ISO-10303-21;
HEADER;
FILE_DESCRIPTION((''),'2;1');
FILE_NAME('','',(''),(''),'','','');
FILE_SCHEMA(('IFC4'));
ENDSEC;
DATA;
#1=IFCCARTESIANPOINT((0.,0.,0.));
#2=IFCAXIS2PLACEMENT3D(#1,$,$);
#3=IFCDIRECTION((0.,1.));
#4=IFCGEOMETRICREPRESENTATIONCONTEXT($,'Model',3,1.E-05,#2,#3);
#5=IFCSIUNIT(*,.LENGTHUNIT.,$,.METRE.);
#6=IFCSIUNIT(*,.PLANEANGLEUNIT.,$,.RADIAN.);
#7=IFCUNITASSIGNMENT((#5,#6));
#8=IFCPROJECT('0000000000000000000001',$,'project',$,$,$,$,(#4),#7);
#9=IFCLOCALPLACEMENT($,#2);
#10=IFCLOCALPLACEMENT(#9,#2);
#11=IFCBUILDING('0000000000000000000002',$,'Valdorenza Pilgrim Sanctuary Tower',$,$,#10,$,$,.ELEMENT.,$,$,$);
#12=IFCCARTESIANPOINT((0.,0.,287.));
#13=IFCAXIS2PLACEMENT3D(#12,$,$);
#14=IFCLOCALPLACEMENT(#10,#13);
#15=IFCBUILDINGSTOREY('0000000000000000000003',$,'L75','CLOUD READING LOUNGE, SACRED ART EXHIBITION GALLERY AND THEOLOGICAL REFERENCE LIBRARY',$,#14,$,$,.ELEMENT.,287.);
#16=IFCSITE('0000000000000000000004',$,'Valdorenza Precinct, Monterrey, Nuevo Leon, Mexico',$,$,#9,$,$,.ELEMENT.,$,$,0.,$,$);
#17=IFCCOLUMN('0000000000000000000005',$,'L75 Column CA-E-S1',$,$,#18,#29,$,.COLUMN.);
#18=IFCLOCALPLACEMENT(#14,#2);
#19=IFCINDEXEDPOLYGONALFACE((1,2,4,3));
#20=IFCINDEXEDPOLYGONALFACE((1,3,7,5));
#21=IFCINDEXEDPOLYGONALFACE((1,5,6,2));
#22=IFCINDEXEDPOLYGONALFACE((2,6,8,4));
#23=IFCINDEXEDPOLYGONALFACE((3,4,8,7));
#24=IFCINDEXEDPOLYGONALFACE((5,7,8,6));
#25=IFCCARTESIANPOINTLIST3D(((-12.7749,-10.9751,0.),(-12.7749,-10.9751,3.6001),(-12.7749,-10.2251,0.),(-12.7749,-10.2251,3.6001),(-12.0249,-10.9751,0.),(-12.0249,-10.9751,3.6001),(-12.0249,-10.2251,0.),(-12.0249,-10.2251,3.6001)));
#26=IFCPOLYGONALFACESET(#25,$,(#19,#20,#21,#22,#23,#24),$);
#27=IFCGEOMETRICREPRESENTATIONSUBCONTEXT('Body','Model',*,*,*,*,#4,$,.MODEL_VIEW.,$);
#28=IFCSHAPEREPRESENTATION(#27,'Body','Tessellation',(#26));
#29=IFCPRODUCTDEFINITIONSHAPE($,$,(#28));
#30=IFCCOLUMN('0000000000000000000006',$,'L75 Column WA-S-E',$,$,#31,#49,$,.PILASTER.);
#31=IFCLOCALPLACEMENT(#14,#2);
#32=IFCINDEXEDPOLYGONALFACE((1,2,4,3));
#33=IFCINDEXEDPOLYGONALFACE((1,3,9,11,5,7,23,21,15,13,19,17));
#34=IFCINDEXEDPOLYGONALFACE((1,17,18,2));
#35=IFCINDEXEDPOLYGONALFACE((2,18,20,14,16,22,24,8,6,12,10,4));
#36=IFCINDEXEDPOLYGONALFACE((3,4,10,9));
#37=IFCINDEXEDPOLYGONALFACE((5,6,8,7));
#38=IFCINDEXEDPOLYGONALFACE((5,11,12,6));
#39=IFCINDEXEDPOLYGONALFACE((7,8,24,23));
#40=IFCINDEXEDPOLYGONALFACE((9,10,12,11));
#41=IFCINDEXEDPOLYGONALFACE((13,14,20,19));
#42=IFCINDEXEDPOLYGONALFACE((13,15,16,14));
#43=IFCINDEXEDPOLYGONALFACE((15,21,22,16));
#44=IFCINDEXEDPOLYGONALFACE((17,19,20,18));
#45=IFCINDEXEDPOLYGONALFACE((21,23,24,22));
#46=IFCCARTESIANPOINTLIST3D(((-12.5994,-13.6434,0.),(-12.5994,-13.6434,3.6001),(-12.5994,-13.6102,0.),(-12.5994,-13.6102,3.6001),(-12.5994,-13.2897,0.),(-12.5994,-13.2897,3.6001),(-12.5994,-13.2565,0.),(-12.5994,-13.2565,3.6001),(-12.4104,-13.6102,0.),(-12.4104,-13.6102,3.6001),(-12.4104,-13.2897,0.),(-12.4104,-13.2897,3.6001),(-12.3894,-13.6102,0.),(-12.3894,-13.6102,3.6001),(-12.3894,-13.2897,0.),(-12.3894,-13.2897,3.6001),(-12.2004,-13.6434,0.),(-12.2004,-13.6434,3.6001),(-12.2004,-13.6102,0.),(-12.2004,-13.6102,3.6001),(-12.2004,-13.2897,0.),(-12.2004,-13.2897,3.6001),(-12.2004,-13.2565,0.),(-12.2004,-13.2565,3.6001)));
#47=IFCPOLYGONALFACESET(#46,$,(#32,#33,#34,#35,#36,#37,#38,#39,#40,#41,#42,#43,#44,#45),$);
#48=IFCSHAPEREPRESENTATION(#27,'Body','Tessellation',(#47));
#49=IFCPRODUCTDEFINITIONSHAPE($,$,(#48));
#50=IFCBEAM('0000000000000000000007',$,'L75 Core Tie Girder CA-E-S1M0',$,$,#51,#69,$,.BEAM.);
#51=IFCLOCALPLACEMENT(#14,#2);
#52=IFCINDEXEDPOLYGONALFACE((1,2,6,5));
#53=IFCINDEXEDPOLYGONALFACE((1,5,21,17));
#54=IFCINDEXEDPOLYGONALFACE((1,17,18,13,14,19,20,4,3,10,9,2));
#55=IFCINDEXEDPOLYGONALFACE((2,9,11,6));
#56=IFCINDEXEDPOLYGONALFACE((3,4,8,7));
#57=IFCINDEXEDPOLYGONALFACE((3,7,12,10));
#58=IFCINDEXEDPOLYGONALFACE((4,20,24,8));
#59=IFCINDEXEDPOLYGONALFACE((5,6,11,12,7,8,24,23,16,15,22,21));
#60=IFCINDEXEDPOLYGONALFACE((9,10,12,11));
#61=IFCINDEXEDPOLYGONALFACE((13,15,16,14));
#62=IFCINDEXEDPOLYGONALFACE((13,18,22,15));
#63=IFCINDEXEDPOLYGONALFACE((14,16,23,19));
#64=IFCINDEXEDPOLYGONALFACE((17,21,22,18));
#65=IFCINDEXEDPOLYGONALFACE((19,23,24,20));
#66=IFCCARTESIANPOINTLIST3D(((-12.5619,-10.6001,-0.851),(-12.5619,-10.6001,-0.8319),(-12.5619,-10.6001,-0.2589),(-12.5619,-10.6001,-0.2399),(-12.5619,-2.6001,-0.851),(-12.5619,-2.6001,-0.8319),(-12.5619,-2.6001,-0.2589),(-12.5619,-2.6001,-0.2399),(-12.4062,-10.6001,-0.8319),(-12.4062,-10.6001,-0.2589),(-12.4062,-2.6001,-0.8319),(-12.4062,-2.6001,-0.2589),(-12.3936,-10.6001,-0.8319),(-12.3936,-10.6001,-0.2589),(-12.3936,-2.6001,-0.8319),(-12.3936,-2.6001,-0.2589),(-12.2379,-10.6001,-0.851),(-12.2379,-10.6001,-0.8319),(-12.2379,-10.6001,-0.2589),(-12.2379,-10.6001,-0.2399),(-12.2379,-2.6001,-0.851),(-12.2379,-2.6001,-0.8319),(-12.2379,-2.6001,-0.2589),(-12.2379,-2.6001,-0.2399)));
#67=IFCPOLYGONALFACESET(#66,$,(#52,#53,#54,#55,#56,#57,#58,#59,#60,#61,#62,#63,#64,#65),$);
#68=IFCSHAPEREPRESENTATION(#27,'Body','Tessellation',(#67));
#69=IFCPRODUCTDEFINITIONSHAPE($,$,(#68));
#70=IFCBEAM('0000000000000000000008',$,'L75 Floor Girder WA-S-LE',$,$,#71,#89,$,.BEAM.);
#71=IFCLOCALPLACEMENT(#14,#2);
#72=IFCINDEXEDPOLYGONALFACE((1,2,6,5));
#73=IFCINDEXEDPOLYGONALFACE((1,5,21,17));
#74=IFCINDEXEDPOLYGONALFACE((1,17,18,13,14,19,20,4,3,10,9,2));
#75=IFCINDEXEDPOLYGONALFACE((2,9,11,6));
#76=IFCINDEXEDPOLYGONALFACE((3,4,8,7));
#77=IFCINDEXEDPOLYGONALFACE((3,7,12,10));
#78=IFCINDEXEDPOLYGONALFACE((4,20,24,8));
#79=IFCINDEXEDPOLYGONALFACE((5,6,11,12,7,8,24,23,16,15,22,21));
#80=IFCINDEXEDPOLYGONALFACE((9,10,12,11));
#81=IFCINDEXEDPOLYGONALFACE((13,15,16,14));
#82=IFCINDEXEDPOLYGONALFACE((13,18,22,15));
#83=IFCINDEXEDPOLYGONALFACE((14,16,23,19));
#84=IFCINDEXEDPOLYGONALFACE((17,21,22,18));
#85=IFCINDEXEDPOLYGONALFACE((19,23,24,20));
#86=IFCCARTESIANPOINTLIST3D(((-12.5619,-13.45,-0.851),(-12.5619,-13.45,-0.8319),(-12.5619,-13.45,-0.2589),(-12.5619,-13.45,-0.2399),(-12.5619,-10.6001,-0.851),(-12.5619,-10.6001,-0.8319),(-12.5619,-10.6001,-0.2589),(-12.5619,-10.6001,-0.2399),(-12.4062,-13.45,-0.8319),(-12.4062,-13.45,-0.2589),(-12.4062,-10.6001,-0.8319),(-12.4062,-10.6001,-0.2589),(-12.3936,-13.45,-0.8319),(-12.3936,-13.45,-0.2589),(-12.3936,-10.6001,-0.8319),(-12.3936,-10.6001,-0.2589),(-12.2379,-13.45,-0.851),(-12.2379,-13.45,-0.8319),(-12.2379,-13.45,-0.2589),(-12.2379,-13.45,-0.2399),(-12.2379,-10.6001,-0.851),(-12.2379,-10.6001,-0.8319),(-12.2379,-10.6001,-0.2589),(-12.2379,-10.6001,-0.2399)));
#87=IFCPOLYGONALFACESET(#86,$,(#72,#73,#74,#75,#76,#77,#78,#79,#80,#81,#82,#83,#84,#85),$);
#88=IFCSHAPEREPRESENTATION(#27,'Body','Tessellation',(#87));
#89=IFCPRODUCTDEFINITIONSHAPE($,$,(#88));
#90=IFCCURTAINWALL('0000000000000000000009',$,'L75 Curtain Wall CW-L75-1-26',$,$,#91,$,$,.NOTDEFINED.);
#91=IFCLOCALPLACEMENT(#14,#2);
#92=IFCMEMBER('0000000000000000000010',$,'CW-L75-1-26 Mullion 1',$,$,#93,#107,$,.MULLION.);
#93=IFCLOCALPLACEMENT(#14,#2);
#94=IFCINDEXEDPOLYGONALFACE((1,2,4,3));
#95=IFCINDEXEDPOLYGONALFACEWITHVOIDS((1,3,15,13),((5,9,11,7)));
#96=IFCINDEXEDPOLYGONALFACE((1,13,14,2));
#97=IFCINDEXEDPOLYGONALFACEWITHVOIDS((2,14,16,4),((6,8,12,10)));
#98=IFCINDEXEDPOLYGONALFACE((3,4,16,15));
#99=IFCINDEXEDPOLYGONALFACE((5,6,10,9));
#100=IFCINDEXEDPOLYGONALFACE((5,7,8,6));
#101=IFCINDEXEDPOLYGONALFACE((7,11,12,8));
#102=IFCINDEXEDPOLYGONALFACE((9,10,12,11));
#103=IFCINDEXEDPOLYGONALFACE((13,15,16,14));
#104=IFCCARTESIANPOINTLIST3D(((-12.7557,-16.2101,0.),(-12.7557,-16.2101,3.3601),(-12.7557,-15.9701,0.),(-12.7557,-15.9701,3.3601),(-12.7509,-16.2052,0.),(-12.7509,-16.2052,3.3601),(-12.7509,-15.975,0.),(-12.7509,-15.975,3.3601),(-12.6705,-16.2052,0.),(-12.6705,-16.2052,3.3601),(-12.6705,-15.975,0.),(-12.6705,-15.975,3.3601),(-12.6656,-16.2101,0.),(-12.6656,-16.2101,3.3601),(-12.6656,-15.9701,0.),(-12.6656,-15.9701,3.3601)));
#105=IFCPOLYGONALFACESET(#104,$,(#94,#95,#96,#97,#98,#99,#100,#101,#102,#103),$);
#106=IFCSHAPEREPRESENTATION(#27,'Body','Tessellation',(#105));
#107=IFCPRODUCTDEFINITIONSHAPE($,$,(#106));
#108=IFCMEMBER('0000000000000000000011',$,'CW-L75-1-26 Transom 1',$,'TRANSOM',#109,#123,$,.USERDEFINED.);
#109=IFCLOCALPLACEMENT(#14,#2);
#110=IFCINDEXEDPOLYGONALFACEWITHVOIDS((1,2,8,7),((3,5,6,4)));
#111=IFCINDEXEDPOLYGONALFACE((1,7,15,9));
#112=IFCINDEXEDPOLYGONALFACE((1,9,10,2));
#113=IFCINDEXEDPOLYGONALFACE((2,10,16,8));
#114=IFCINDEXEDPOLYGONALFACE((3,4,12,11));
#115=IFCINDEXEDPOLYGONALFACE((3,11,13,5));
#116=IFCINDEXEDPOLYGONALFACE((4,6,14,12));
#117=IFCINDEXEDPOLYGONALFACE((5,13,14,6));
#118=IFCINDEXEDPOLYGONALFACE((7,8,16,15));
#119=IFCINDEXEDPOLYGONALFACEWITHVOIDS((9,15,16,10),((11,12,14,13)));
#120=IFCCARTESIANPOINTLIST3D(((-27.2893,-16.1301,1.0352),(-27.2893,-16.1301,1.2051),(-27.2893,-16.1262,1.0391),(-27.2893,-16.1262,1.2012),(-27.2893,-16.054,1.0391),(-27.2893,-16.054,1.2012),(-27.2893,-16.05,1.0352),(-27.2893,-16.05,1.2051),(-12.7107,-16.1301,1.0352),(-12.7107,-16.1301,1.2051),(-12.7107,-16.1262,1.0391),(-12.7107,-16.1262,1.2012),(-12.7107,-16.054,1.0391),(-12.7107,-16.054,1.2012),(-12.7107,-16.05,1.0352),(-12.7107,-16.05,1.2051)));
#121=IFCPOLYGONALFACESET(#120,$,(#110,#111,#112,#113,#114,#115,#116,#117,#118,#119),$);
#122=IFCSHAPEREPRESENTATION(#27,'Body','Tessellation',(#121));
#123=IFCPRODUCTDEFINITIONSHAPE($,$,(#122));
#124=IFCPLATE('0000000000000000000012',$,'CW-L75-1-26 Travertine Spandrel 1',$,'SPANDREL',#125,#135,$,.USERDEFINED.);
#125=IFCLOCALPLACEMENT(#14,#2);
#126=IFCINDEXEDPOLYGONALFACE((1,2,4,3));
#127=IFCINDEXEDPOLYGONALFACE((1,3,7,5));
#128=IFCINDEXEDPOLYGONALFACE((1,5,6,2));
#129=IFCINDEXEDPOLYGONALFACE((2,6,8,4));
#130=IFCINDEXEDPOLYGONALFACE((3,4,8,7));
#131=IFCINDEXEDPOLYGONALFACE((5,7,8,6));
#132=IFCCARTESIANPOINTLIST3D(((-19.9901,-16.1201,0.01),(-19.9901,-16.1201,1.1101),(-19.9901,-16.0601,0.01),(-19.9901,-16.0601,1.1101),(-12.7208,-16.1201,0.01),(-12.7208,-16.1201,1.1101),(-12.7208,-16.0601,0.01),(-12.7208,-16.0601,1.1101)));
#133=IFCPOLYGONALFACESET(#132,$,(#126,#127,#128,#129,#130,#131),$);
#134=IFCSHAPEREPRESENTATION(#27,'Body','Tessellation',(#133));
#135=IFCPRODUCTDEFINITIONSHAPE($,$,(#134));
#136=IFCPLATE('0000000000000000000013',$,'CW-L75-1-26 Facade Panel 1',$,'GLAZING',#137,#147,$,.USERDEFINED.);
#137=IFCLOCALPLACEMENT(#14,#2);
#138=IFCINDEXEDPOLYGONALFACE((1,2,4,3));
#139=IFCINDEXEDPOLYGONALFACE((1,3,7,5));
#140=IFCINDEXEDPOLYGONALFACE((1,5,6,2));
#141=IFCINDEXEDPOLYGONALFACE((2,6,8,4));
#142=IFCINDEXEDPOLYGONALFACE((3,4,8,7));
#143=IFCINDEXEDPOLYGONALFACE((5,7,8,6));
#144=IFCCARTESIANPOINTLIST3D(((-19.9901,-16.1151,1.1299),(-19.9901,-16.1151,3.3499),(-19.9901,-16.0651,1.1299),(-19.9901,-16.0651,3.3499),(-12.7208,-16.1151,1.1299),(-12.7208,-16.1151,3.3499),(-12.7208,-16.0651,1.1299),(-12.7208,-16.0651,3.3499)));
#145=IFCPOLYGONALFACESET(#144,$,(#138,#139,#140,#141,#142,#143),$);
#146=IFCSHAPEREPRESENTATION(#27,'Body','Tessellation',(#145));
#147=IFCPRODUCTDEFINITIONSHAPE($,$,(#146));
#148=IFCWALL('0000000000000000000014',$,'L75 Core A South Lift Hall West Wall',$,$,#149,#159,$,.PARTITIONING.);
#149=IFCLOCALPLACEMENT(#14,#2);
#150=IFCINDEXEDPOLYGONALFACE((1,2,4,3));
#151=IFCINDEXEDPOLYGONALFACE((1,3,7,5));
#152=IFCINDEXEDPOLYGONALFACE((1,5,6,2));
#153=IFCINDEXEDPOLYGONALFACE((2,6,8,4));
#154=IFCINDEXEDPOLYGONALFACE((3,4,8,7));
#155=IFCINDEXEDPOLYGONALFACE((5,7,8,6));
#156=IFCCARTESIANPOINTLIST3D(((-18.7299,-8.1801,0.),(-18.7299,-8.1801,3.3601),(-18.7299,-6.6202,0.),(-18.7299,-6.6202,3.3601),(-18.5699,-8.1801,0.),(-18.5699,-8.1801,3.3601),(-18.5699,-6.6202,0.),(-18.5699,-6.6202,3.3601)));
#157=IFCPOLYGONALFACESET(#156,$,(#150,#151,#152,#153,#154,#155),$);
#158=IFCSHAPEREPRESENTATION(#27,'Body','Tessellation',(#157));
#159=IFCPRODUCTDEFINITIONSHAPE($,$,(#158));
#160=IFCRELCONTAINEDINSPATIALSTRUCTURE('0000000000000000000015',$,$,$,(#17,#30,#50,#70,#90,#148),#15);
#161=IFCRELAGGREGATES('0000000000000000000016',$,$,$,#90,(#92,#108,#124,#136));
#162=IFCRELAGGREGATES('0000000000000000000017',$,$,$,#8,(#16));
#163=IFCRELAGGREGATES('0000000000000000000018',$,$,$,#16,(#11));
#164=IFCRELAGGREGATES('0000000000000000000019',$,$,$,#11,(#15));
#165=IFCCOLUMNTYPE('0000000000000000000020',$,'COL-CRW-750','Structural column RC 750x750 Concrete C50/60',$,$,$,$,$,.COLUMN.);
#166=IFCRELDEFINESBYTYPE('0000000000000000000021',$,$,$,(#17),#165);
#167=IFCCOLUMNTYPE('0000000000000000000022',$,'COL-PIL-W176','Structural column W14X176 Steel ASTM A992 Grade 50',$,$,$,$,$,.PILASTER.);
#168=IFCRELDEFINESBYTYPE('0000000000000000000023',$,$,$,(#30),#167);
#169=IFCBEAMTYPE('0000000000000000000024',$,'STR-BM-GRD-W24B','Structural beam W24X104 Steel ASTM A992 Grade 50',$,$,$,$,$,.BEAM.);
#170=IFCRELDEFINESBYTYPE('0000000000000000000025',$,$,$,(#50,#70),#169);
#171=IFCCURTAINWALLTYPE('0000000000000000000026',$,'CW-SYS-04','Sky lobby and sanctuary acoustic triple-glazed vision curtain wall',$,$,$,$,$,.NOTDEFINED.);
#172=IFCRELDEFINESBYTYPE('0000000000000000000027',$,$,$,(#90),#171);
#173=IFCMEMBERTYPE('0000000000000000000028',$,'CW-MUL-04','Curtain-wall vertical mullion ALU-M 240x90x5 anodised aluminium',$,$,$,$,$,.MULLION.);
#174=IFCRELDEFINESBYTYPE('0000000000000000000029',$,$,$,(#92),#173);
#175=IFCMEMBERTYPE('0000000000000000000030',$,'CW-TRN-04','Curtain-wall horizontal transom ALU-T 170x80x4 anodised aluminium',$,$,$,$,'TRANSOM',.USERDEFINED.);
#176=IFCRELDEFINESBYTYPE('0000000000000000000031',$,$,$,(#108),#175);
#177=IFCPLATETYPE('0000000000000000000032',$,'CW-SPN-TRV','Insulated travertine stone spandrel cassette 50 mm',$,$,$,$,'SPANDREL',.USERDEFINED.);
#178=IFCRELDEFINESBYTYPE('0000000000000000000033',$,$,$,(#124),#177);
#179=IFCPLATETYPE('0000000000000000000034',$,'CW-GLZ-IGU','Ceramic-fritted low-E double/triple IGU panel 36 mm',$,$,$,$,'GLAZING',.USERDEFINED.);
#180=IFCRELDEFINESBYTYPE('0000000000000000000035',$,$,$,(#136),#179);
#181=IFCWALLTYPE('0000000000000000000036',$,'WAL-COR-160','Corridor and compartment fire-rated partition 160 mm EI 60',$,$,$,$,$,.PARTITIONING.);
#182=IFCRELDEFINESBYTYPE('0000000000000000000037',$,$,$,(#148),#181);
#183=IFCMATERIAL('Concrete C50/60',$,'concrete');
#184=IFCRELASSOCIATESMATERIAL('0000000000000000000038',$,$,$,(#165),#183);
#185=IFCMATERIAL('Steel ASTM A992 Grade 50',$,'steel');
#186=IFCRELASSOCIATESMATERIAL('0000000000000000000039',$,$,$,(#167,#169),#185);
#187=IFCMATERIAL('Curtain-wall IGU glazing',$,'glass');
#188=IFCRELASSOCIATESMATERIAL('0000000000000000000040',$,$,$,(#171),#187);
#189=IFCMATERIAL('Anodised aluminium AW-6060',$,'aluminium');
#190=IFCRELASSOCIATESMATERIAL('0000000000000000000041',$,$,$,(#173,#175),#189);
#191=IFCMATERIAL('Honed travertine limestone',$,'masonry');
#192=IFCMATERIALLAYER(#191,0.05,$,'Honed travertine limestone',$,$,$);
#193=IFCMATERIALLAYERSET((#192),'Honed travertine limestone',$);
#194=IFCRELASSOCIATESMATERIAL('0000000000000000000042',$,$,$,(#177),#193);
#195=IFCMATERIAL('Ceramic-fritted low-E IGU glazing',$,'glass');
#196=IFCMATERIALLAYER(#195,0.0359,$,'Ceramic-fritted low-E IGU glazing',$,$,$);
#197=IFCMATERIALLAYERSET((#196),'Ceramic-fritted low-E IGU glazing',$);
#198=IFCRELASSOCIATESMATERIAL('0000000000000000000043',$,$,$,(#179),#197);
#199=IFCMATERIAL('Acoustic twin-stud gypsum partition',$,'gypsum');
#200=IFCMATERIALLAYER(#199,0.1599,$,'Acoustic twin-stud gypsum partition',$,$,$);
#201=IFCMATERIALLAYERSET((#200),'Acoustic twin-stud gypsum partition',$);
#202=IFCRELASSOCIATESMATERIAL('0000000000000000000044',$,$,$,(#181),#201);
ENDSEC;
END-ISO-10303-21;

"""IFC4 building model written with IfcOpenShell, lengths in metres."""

from ifc_helpers import new_model, si_unit, direction, frame, frame_2d, origin, origin_2d, place, context, subcontext, project, spatial, rectangle, hollow_rectangle, i_section, extrude, source, transform, mapped, material, layer, layer_set, material_profile, profile_set, type_object, element, aggregate, save


model = new_model("IFC4")

# Units and contexts
model_context = context("Model", 3, precision=1e-05, world=origin(), true_north=direction((0.0, 1.0)))
body_context = subcontext(model_context, "Body", "Model", "MODEL_VIEW")
ifc_project = project(units=[si_unit("LENGTHUNIT", "METRE"), si_unit("PLANEANGLEUNIT", "RADIAN")], contexts=[model_context])

# Site, building, storey
site_placement = place(None, origin())
site = spatial("IfcSite", under=ifc_project, at=site_placement, Name="Valdorenza Precinct, Monterrey, Nuevo Leon, Mexico", CompositionType="ELEMENT", RefElevation=0.0)
building_placement = place(site_placement, origin())
building = spatial("IfcBuilding", under=site, at=building_placement, Name="Valdorenza Pilgrim Sanctuary Tower", CompositionType="ELEMENT")
storey_placement = place(building_placement, frame((0.0, 0.0, 287.0)))
storey = spatial("IfcBuildingStorey", under=building, at=storey_placement, Name="L75", Description="CLOUD READING LOUNGE, SACRED ART EXHIBITION GALLERY AND THEOLOGICAL REFERENCE LIBRARY", CompositionType="ELEMENT", Elevation=287.0)

# Columns
ifc_material_1 = material(Name="Concrete C50/60", Category="concrete")
ifc_material_profile_1 = material_profile(ifc_material_1, rectangle(XDim=0.75, YDim=0.75, at=origin_2d()), Name="RC 750x750")
ifc_profile_set_1 = profile_set([ifc_material_profile_1], Name="Concrete C50/60")
column_type_1 = type_object("IfcColumnType", Name="COL-CRW-750", Description="Structural column RC 750x750 Concrete C50/60", PredefinedType="COLUMN", material=ifc_profile_set_1)
shared_shape_1 = source(origin(), body_context, "Body", "SweptSolid", [
    extrude(rectangle(XDim=0.75, YDim=0.75, at=origin_2d()), origin(), (0.0, 0.0, 1.0), 3.6001),
])
column_1_placement = place(storey_placement, frame((-12.3999, -10.6001, 0.0), z_axis=(0.0, 0.0, 1.0), x_axis=(1.0, 0.0, 0.0)))
element("IfcColumn", 1, at=column_1_placement, inside=storey, type_object=column_type_1, Name="L75 Column CA-E-S1", PredefinedType="COLUMN", context=body_context, shape_type="MappedRepresentation", body=[
    mapped(shared_shape_1, transform((0.0, 0.0, 0.0), x_axis=(1.0, 0.0, 0.0), y_axis=(0.0, 1.0, 0.0), z_axis=(0.0, 0.0, 1.0), scale=1.0)),
])
ifc_material_2 = material(Name="Steel ASTM A992 Grade 50", Category="steel")
ifc_material_profile_2 = material_profile(ifc_material_2, i_section(OverallWidth=0.3989, OverallDepth=0.387, WebThickness=0.021, FlangeThickness=0.0332, at=origin_2d()), Name="W14X176")
ifc_profile_set_2 = profile_set([ifc_material_profile_2], Name="Steel ASTM A992 Grade 50")
column_type_2 = type_object("IfcColumnType", Name="COL-PIL-W176", Description="Structural column W14X176 Steel ASTM A992 Grade 50", PredefinedType="PILASTER", material=ifc_profile_set_2)
shared_shape_2 = source(origin(), body_context, "Body", "SweptSolid", [
    extrude(i_section(OverallWidth=0.3989, OverallDepth=0.387, WebThickness=0.021, FlangeThickness=0.0332, at=origin_2d()), origin(), (0.0, 0.0, 1.0), 3.6001),
])
column_2_placement = place(storey_placement, frame((-12.3999, -13.45, 0.0), z_axis=(0.0, 0.0, 1.0), x_axis=(1.0, 0.0, 0.0)))
element("IfcColumn", 2, at=column_2_placement, inside=storey, type_object=column_type_2, Name="L75 Column WA-S-E", PredefinedType="PILASTER", context=body_context, shape_type="MappedRepresentation", body=[
    mapped(shared_shape_2, transform((0.0, 0.0, 0.0), x_axis=(1.0, 0.0, 0.0), y_axis=(0.0, 1.0, 0.0), z_axis=(0.0, 0.0, 1.0), scale=1.0)),
])

# Beams
ifc_material_profile_3 = material_profile(ifc_material_2, i_section(OverallWidth=0.324, OverallDepth=0.6111, WebThickness=0.0127, FlangeThickness=0.019, at=origin_2d()), Name="W24X104")
ifc_profile_set_3 = profile_set([ifc_material_profile_3], Name="Steel ASTM A992 Grade 50")
beam_type = type_object("IfcBeamType", Name="STR-BM-GRD-W24B", Description="Structural beam W24X104 Steel ASTM A992 Grade 50", PredefinedType="BEAM", material=ifc_profile_set_3)
shared_shape_3 = source(origin(), body_context, "Body", "SweptSolid", [
    extrude(i_section(OverallWidth=0.324, OverallDepth=0.6111, WebThickness=0.0127, FlangeThickness=0.019, at=origin_2d()), origin(), (0.0, 0.0, 1.0), 8.0),
])
beam_1_placement = place(storey_placement, frame((-12.3999, -10.6001, -0.5454), z_axis=(0.0, 1.0, 0.0), x_axis=(-1.0, 0.0, 0.0)))
element("IfcBeam", 3, at=beam_1_placement, inside=storey, type_object=beam_type, Name="L75 Core Tie Girder CA-E-S1M0", PredefinedType="BEAM", context=body_context, shape_type="MappedRepresentation", body=[
    mapped(shared_shape_3, transform((0.0, 0.0, 0.0), x_axis=(1.0, 0.0, 0.0), y_axis=(0.0, 1.0, 0.0), z_axis=(0.0, 0.0, 1.0), scale=1.0)),
])
shared_shape_4 = source(origin(), body_context, "Body", "SweptSolid", [
    extrude(i_section(OverallWidth=0.324, OverallDepth=0.6111, WebThickness=0.0127, FlangeThickness=0.019, at=origin_2d()), origin(), (0.0, 0.0, 1.0), 2.8499),
])
beam_2_placement = place(storey_placement, frame((-12.3999, -13.45, -0.5454), z_axis=(0.0, 1.0, 0.0), x_axis=(-1.0, 0.0, 0.0)))
element("IfcBeam", 4, at=beam_2_placement, inside=storey, type_object=beam_type, Name="L75 Floor Girder WA-S-LE", PredefinedType="BEAM", context=body_context, shape_type="MappedRepresentation", body=[
    mapped(shared_shape_4, transform((0.0, 0.0, 0.0), x_axis=(1.0, 0.0, 0.0), y_axis=(0.0, 1.0, 0.0), z_axis=(0.0, 0.0, 1.0), scale=1.0)),
])

# Curtain wall, members, plates
ifc_material_3 = material(Name="Curtain-wall IGU glazing", Category="glass")
curtain_wall_type = type_object("IfcCurtainWallType", Name="CW-SYS-04", Description="Sky lobby and sanctuary acoustic triple-glazed vision curtain wall", PredefinedType="NOTDEFINED", material=ifc_material_3)
curtain_wall_placement = place(storey_placement, origin())
curtain_wall = element("IfcCurtainWall", 5, at=curtain_wall_placement, inside=storey, type_object=curtain_wall_type, Name="L75 Curtain Wall CW-L75-1-26", PredefinedType="NOTDEFINED")
ifc_material_4 = material(Name="Anodised aluminium AW-6060", Category="aluminium")
ifc_material_profile_4 = material_profile(ifc_material_4, hollow_rectangle(XDim=0.0901, YDim=0.24, WallThickness=0.0049, at=origin_2d()), Name="ALU-M 240x90x5")
ifc_profile_set_4 = profile_set([ifc_material_profile_4], Name="Anodised aluminium AW-6060")
member_type_1 = type_object("IfcMemberType", Name="CW-MUL-04", Description="Curtain-wall vertical mullion ALU-M 240x90x5 anodised aluminium", PredefinedType="MULLION", material=ifc_profile_set_4)
shared_shape_5 = source(origin(), body_context, "Body", "SweptSolid", [
    extrude(hollow_rectangle(XDim=0.0901, YDim=0.24, WallThickness=0.0049, at=origin_2d()), origin(), (0.0, 0.0, 1.0), 3.3601),
])
member_1_placement = place(storey_placement, frame((-12.7107, -16.0901, 0.0), z_axis=(0.0, 0.0, 1.0), x_axis=(-1.0, 0.0, 0.0)))
member_1 = element("IfcMember", 6, at=member_1_placement, type_object=member_type_1, Name="CW-L75-1-26 Mullion 1", PredefinedType="MULLION", context=body_context, shape_type="MappedRepresentation", body=[
    mapped(shared_shape_5, transform((0.0, 0.0, 0.0), x_axis=(1.0, 0.0, 0.0), y_axis=(0.0, 1.0, 0.0), z_axis=(0.0, 0.0, 1.0), scale=1.0)),
])
ifc_material_profile_5 = material_profile(ifc_material_4, hollow_rectangle(XDim=0.0801, YDim=0.1699, WallThickness=0.0039, at=origin_2d()), Name="ALU-T 170x80x4")
ifc_profile_set_5 = profile_set([ifc_material_profile_5], Name="Anodised aluminium AW-6060")
member_type_2 = type_object("IfcMemberType", Name="CW-TRN-04", Description="Curtain-wall horizontal transom ALU-T 170x80x4 anodised aluminium", ElementType="TRANSOM", PredefinedType="USERDEFINED", material=ifc_profile_set_5)
shared_shape_6 = source(origin(), body_context, "Body", "SweptSolid", [
    extrude(hollow_rectangle(XDim=0.0801, YDim=0.1699, WallThickness=0.0039, at=origin_2d()), origin(), (0.0, 0.0, 1.0), 14.5786),
])
member_2_placement = place(storey_placement, frame((-12.7107, -16.0901, 1.1201), z_axis=(-1.0, 0.0, 0.0), x_axis=(0.0, -1.0, 0.0)))
member_2 = element("IfcMember", 7, at=member_2_placement, type_object=member_type_2, Name="CW-L75-1-26 Transom 1", ObjectType="TRANSOM", PredefinedType="USERDEFINED", context=body_context, shape_type="MappedRepresentation", body=[
    mapped(shared_shape_6, transform((0.0, 0.0, 0.0), x_axis=(1.0, 0.0, 0.0), y_axis=(0.0, 1.0, 0.0), z_axis=(0.0, 0.0, 1.0), scale=1.0)),
])
ifc_material_5 = material(Name="Honed travertine limestone", Category="masonry")
ifc_layer_1 = layer(ifc_material_5, 0.05, Name="Honed travertine limestone")
ifc_layer_set_1 = layer_set([ifc_layer_1], Name="Honed travertine limestone")
plate_type_1 = type_object("IfcPlateType", Name="CW-SPN-TRV", Description="Insulated travertine stone spandrel cassette 50 mm", ElementType="SPANDREL", PredefinedType="USERDEFINED", material=ifc_layer_set_1)
shared_shape_7 = source(origin(), body_context, "Body", "SweptSolid", [
    extrude(rectangle(XDim=7.2693, YDim=0.0601, at=origin_2d()), origin(), (0.0, 0.0, 1.0), 1.1001),
])
plate_1_placement = place(storey_placement, frame((-16.3555, -16.0901, 0.01), z_axis=(0.0, 0.0, 1.0), x_axis=(-1.0, 0.0, 0.0)))
plate_1 = element("IfcPlate", 8, at=plate_1_placement, type_object=plate_type_1, Name="CW-L75-1-26 Travertine Spandrel 1", ObjectType="SPANDREL", PredefinedType="USERDEFINED", context=body_context, shape_type="MappedRepresentation", body=[
    mapped(shared_shape_7, transform((0.0, 0.0, 0.0), x_axis=(1.0, 0.0, 0.0), y_axis=(0.0, 1.0, 0.0), z_axis=(0.0, 0.0, 1.0), scale=1.0)),
])
ifc_material_6 = material(Name="Ceramic-fritted low-E IGU glazing", Category="glass")
ifc_layer_2 = layer(ifc_material_6, 0.0359, Name="Ceramic-fritted low-E IGU glazing")
ifc_layer_set_2 = layer_set([ifc_layer_2], Name="Ceramic-fritted low-E IGU glazing")
plate_type_2 = type_object("IfcPlateType", Name="CW-GLZ-IGU", Description="Ceramic-fritted low-E double/triple IGU panel 36 mm", ElementType="GLAZING", PredefinedType="USERDEFINED", material=ifc_layer_set_2)
shared_shape_8 = source(origin(), body_context, "Body", "SweptSolid", [
    extrude(rectangle(XDim=7.2693, YDim=0.05, at=origin_2d()), origin(), (0.0, 0.0, 1.0), 2.22),
])
plate_2_placement = place(storey_placement, frame((-16.3555, -16.0901, 1.1299), z_axis=(0.0, 0.0, 1.0), x_axis=(-1.0, 0.0, 0.0)))
plate_2 = element("IfcPlate", 9, at=plate_2_placement, type_object=plate_type_2, Name="CW-L75-1-26 Facade Panel 1", ObjectType="GLAZING", PredefinedType="USERDEFINED", context=body_context, shape_type="MappedRepresentation", body=[
    mapped(shared_shape_8, transform((0.0, 0.0, 0.0), x_axis=(1.0, 0.0, 0.0), y_axis=(0.0, 1.0, 0.0), z_axis=(0.0, 0.0, 1.0), scale=1.0)),
])
aggregate(curtain_wall, [member_1, member_2, plate_1, plate_2])

# Wall
ifc_material_7 = material(Name="Acoustic twin-stud gypsum partition", Category="gypsum")
ifc_layer_3 = layer(ifc_material_7, 0.1599, Name="Acoustic twin-stud gypsum partition")
ifc_layer_set_3 = layer_set([ifc_layer_3], Name="Acoustic twin-stud gypsum partition")
wall_type_1 = type_object("IfcWallType", Name="WAL-COR-160", Description="Corridor and compartment fire-rated partition 160 mm EI 60", PredefinedType="PARTITIONING", material=ifc_layer_set_3)
wall_1_placement = place(storey_placement, frame((-18.6499, -8.1799, 0.0), z_axis=(0.0, 0.0, 1.0), x_axis=(0.0, 1.0, 0.0)))
element("IfcWall", 10, at=wall_1_placement, inside=storey, type_object=wall_type_1, Name="L75 Core A South Lift Hall West Wall", PredefinedType="PARTITIONING", context=body_context, shape_type="SweptSolid", body=[
    extrude(rectangle(XDim=1.5598, YDim=0.1599, at=frame_2d((0.7798, 0.0))), origin(), (0.0, 0.0, 1.0), 3.3601),
])

save(model, "model.ifc")
